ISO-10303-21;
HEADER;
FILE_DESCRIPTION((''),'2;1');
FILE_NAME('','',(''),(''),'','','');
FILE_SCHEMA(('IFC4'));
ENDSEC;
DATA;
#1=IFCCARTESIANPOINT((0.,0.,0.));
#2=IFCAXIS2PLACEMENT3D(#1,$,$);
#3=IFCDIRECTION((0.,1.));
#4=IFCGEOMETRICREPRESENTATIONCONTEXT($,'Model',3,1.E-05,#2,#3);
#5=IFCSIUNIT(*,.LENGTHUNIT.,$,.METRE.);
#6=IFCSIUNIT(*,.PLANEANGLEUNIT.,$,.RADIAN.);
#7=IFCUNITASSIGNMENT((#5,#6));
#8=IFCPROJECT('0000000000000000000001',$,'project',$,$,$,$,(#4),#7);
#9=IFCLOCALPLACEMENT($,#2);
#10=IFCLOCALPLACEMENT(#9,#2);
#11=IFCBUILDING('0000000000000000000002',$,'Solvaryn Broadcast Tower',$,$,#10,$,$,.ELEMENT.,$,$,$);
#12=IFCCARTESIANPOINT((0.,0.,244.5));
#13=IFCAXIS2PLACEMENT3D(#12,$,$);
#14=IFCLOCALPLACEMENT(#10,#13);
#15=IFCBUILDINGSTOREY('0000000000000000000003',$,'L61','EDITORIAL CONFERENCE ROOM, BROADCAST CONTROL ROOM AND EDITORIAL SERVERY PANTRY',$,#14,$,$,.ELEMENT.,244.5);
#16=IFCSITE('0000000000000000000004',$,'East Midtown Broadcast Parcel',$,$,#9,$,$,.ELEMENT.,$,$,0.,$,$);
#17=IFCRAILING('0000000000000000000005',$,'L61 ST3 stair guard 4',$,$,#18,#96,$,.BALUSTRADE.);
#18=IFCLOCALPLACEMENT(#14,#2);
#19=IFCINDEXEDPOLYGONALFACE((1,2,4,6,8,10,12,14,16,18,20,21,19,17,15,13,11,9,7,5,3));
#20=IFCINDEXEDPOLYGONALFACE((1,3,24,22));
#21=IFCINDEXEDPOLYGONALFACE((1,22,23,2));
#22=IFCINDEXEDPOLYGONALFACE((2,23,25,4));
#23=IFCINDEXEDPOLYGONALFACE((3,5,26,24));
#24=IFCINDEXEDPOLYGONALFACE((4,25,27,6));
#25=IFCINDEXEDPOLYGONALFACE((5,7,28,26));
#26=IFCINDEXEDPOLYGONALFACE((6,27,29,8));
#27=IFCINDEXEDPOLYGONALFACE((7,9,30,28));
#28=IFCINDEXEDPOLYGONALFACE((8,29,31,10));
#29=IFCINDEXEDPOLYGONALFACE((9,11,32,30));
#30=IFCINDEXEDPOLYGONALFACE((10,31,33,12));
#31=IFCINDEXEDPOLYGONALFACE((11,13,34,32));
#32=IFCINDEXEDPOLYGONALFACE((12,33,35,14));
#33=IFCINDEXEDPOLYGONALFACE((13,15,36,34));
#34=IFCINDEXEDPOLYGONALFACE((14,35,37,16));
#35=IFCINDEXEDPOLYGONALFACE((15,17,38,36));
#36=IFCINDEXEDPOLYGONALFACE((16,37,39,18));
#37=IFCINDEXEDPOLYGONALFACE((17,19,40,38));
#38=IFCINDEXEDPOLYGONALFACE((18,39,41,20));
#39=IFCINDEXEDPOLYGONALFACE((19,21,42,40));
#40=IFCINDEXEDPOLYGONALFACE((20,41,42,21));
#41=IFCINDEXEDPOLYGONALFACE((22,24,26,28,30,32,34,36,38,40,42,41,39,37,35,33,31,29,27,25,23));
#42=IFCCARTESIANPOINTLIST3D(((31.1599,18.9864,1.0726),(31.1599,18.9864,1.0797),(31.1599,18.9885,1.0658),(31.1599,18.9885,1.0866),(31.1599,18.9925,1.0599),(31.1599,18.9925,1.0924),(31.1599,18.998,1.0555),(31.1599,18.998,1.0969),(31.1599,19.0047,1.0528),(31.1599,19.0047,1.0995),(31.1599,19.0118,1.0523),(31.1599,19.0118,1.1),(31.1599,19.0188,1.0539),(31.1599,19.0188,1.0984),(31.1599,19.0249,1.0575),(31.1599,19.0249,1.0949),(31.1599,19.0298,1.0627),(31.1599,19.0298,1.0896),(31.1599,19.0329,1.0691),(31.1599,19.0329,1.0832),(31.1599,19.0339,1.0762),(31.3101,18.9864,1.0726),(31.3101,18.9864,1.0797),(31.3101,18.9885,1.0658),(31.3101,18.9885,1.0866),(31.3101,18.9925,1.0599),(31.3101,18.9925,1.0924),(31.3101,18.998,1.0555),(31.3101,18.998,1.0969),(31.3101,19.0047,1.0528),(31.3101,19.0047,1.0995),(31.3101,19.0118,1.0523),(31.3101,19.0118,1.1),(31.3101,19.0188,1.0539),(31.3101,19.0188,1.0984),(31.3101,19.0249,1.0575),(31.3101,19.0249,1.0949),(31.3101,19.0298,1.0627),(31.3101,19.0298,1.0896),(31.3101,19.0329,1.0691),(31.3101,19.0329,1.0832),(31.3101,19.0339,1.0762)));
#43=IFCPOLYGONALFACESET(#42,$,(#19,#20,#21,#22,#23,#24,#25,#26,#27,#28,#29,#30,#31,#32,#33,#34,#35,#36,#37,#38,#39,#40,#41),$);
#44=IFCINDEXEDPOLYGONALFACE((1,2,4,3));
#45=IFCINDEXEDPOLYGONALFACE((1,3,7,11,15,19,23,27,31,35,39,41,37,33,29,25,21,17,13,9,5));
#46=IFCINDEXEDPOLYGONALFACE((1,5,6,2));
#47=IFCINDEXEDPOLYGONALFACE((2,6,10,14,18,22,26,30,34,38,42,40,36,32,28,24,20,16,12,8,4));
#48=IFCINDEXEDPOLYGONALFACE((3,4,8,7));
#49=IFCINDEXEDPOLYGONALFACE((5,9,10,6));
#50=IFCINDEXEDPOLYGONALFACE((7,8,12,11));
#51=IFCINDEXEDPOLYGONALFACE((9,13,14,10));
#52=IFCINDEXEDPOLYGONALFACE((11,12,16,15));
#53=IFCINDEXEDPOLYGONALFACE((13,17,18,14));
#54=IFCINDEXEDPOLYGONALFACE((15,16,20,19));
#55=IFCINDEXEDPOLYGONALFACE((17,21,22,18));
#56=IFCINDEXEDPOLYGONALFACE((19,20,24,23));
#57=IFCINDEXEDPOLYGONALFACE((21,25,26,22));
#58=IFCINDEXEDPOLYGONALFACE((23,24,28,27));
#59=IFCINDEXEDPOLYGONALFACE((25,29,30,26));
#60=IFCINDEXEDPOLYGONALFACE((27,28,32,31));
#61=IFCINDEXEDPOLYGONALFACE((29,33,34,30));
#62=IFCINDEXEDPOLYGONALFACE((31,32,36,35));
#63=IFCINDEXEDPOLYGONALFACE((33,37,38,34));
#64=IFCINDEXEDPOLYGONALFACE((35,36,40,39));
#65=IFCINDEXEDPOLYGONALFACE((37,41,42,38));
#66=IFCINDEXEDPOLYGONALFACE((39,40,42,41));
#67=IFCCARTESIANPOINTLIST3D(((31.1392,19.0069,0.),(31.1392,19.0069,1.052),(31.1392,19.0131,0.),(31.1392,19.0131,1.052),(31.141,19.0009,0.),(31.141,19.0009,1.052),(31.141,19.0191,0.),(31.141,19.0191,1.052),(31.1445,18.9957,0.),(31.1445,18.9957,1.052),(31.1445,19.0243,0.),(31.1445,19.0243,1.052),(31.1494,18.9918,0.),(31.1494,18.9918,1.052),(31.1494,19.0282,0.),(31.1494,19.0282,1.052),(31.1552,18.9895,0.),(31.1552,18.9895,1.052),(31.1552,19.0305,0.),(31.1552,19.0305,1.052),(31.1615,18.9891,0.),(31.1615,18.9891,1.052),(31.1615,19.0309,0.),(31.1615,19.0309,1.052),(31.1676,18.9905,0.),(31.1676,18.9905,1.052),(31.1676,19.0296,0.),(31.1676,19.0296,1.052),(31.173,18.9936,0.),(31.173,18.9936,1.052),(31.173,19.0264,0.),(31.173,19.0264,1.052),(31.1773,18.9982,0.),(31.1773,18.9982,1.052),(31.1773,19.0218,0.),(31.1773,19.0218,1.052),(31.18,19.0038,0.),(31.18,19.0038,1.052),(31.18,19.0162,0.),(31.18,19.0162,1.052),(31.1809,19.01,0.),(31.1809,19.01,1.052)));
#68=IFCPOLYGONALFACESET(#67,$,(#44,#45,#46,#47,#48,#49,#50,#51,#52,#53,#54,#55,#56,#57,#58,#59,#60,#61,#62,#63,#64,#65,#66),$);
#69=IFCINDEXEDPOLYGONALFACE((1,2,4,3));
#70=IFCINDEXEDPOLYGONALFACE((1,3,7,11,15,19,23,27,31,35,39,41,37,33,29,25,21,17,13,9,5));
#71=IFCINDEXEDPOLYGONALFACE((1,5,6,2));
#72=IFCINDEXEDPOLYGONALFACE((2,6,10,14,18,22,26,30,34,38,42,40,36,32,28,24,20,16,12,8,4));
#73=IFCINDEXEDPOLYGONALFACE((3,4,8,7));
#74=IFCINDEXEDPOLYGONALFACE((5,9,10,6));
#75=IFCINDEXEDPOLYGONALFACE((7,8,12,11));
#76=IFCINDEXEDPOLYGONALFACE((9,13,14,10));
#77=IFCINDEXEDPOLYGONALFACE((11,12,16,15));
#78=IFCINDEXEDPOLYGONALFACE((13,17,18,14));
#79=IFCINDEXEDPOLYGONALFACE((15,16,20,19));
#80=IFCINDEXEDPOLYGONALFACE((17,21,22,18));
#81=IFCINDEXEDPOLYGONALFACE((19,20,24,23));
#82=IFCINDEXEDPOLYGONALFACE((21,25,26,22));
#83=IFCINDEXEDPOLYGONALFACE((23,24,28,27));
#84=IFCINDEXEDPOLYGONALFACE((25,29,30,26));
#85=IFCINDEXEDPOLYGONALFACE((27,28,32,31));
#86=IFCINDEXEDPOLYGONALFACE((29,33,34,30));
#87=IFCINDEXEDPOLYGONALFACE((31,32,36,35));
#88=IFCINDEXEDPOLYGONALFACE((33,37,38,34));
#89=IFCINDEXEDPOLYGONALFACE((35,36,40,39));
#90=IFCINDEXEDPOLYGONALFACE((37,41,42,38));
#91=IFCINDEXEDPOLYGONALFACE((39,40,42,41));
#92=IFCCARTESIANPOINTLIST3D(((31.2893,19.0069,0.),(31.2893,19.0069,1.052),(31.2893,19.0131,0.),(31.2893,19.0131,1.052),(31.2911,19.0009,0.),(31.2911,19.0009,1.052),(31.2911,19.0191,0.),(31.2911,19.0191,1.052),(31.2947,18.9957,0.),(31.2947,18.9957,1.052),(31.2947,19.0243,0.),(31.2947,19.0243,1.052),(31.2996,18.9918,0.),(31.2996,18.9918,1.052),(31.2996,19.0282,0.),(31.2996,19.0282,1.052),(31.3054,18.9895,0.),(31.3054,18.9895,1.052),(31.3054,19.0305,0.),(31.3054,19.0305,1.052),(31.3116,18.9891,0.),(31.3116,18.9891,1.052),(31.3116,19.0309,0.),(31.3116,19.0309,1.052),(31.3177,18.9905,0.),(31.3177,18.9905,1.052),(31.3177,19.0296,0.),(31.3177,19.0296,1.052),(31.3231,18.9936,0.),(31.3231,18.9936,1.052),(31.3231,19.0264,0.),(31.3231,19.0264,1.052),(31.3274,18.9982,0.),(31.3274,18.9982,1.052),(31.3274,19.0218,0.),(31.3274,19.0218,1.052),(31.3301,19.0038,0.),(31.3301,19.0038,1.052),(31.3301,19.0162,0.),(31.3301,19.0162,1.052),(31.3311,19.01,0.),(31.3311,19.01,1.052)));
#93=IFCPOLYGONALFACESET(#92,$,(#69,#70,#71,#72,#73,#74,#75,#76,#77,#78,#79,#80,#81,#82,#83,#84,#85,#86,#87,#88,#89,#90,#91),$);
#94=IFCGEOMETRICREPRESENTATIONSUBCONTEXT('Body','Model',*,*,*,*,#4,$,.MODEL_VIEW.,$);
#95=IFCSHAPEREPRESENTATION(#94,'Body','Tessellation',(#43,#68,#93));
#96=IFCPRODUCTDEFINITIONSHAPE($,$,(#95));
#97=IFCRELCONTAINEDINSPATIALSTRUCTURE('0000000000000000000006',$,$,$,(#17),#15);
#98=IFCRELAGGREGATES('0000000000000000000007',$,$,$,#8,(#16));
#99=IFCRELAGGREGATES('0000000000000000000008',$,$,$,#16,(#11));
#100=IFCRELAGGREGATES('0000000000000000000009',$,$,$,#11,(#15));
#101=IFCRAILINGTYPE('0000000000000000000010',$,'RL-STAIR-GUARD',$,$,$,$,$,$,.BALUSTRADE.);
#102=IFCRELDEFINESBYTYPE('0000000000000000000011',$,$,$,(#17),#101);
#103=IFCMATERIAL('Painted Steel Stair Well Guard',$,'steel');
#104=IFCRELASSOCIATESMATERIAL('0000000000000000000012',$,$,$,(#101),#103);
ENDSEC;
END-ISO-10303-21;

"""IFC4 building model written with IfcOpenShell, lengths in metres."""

from ifc_helpers import new_model, si_unit, direction, frame, origin, origin_2d, place, context, subcontext, project, spatial, circle, extrude, material, type_object, element, save


model = new_model("IFC4")

# Units and contexts
model_context = context("Model", 3, precision=1e-05, world=origin(), true_north=direction((0.0, 1.0)))
body_context = subcontext(model_context, "Body", "Model", "MODEL_VIEW")
ifc_project = project(units=[si_unit("LENGTHUNIT", "METRE"), si_unit("PLANEANGLEUNIT", "RADIAN")], contexts=[model_context])

# Site, building, storey
site_placement = place(None, origin())
site = spatial("IfcSite", under=ifc_project, at=site_placement, Name="East Midtown Broadcast Parcel", CompositionType="ELEMENT", RefElevation=0.0)
building_placement = place(site_placement, origin())
building = spatial("IfcBuilding", under=site, at=building_placement, Name="Solvaryn Broadcast Tower", CompositionType="ELEMENT")
storey_placement = place(building_placement, frame((0.0, 0.0, 244.5)))
storey = spatial("IfcBuildingStorey", under=building, at=storey_placement, Name="L61", Description="EDITORIAL CONFERENCE ROOM, BROADCAST CONTROL ROOM AND EDITORIAL SERVERY PANTRY", CompositionType="ELEMENT", Elevation=244.5)

# Railing
ifc_material_1 = material(Name="Painted Steel Stair Well Guard", Category="steel")
railing_type_1 = type_object("IfcRailingType", Name="RL-STAIR-GUARD", PredefinedType="BALUSTRADE", material=ifc_material_1)
railing_1_placement = place(storey_placement, frame((31.1599, 19.01, 0.0)))
element("IfcRailing", 1, at=railing_1_placement, inside=storey, type_object=railing_type_1, Name="L61 ST3 stair guard 4", PredefinedType="BALUSTRADE", context=body_context, shape_type="SweptSolid", body=[
    extrude(circle(Radius=0.0239, at=origin_2d()), frame((0.0, 0.0, 1.0762), z_axis=(1.0, 0.0, 0.0), x_axis=(0.0, 1.0, 0.0)), (0.0, 0.0, 1.0), 0.1501),
    extrude(circle(Radius=0.021, at=origin_2d()), origin(), (0.0, 0.0, 1.0), 1.052),
    extrude(circle(Radius=0.021, at=origin_2d()), frame((0.1501, 0.0, 0.0)), (0.0, 0.0, 1.0), 1.052),
])

save(model, "model.ifc")
